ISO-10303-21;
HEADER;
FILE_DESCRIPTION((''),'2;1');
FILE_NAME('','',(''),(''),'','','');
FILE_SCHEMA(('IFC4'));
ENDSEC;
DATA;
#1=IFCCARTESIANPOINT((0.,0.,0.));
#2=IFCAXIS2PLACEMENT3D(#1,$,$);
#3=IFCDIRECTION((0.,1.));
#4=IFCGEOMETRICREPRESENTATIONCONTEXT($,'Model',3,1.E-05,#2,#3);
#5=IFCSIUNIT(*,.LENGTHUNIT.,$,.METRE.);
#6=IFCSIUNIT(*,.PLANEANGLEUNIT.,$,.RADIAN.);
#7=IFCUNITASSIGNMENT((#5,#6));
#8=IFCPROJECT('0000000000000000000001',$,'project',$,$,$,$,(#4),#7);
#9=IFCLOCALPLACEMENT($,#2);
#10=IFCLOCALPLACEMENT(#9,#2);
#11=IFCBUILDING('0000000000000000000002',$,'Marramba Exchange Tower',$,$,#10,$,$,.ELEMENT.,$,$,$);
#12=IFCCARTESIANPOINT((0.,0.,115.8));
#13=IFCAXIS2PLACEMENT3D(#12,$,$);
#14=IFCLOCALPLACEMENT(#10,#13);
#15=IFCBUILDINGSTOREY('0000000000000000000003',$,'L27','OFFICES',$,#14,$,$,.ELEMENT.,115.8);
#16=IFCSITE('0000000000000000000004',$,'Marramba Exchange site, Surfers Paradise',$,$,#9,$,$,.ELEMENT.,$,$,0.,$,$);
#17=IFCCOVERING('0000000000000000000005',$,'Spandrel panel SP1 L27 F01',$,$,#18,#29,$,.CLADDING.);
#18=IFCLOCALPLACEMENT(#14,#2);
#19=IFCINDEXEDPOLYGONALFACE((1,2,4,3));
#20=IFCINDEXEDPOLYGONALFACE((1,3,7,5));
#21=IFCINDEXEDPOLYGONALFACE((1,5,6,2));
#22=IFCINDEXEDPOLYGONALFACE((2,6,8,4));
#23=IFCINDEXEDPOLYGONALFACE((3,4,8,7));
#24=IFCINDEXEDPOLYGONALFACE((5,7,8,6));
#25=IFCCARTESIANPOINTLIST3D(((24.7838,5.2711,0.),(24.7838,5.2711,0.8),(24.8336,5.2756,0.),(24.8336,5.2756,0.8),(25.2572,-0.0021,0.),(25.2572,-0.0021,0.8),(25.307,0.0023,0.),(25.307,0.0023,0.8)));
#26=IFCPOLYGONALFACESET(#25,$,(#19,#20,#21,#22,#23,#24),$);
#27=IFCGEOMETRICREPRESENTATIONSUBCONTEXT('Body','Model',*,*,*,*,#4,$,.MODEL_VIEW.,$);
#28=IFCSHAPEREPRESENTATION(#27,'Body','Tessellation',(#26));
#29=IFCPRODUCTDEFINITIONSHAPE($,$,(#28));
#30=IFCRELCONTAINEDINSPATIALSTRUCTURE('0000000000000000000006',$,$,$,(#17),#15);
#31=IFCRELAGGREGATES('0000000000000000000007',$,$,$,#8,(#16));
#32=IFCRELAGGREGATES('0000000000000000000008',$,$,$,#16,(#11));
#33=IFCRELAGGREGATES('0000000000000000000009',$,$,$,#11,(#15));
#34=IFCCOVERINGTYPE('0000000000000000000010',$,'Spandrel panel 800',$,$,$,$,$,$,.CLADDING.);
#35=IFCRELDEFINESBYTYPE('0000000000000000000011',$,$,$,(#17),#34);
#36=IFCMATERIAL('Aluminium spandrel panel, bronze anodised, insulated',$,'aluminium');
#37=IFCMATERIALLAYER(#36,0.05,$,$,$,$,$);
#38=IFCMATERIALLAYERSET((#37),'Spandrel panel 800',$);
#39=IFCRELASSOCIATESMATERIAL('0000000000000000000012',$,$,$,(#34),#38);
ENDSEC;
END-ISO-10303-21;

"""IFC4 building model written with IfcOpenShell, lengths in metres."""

from ifc_helpers import new_model, si_unit, direction, frame, origin, origin_2d, place, context, subcontext, project, spatial, rectangle, extrude, material, layer, layer_set, type_object, element, save


model = new_model("IFC4")

# Units and contexts
model_context = context("Model", 3, precision=1e-05, world=origin(), true_north=direction((0.0, 1.0)))
body_context = subcontext(model_context, "Body", "Model", "MODEL_VIEW")
ifc_project = project(units=[si_unit("LENGTHUNIT", "METRE"), si_unit("PLANEANGLEUNIT", "RADIAN")], contexts=[model_context])

# Site, building, storey
site_placement = place(None, origin())
site = spatial("IfcSite", under=ifc_project, at=site_placement, Name="Marramba Exchange site, Surfers Paradise", CompositionType="ELEMENT", RefElevation=0.0)
building_placement = place(site_placement, origin())
building = spatial("IfcBuilding", under=site, at=building_placement, Name="Marramba Exchange Tower", CompositionType="ELEMENT")
storey_placement = place(building_placement, frame((0.0, 0.0, 115.8)))
storey = spatial("IfcBuildingStorey", under=building, at=storey_placement, Name="L27", Description="OFFICES", CompositionType="ELEMENT", Elevation=115.8)

# Covering
ifc_material_1 = material(Name="Aluminium spandrel panel, bronze anodised, insulated", Category="aluminium")
ifc_layer_1 = layer(ifc_material_1, 0.05)
ifc_layer_set_1 = layer_set([ifc_layer_1], Name="Spandrel panel 800")
covering_type = type_object("IfcCoveringType", Name="Spandrel panel 800", PredefinedType="CLADDING", material=ifc_layer_set_1)
covering_placement = place(storey_placement, frame((25.0454, 2.6367, 0.0), z_axis=(0.0, 0.0, 1.0), x_axis=(-0.089413, 0.995995, 0.0)))
element("IfcCovering", 1, at=covering_placement, inside=storey, type_object=covering_type, Name="Spandrel panel SP1 L27 F01", PredefinedType="CLADDING", context=body_context, shape_type="SweptSolid", body=[
    extrude(rectangle(XDim=5.2944, YDim=0.05, at=origin_2d()), origin(), (0.0, 0.0, 1.0), 0.8),
])

save(model, "model.ifc")
